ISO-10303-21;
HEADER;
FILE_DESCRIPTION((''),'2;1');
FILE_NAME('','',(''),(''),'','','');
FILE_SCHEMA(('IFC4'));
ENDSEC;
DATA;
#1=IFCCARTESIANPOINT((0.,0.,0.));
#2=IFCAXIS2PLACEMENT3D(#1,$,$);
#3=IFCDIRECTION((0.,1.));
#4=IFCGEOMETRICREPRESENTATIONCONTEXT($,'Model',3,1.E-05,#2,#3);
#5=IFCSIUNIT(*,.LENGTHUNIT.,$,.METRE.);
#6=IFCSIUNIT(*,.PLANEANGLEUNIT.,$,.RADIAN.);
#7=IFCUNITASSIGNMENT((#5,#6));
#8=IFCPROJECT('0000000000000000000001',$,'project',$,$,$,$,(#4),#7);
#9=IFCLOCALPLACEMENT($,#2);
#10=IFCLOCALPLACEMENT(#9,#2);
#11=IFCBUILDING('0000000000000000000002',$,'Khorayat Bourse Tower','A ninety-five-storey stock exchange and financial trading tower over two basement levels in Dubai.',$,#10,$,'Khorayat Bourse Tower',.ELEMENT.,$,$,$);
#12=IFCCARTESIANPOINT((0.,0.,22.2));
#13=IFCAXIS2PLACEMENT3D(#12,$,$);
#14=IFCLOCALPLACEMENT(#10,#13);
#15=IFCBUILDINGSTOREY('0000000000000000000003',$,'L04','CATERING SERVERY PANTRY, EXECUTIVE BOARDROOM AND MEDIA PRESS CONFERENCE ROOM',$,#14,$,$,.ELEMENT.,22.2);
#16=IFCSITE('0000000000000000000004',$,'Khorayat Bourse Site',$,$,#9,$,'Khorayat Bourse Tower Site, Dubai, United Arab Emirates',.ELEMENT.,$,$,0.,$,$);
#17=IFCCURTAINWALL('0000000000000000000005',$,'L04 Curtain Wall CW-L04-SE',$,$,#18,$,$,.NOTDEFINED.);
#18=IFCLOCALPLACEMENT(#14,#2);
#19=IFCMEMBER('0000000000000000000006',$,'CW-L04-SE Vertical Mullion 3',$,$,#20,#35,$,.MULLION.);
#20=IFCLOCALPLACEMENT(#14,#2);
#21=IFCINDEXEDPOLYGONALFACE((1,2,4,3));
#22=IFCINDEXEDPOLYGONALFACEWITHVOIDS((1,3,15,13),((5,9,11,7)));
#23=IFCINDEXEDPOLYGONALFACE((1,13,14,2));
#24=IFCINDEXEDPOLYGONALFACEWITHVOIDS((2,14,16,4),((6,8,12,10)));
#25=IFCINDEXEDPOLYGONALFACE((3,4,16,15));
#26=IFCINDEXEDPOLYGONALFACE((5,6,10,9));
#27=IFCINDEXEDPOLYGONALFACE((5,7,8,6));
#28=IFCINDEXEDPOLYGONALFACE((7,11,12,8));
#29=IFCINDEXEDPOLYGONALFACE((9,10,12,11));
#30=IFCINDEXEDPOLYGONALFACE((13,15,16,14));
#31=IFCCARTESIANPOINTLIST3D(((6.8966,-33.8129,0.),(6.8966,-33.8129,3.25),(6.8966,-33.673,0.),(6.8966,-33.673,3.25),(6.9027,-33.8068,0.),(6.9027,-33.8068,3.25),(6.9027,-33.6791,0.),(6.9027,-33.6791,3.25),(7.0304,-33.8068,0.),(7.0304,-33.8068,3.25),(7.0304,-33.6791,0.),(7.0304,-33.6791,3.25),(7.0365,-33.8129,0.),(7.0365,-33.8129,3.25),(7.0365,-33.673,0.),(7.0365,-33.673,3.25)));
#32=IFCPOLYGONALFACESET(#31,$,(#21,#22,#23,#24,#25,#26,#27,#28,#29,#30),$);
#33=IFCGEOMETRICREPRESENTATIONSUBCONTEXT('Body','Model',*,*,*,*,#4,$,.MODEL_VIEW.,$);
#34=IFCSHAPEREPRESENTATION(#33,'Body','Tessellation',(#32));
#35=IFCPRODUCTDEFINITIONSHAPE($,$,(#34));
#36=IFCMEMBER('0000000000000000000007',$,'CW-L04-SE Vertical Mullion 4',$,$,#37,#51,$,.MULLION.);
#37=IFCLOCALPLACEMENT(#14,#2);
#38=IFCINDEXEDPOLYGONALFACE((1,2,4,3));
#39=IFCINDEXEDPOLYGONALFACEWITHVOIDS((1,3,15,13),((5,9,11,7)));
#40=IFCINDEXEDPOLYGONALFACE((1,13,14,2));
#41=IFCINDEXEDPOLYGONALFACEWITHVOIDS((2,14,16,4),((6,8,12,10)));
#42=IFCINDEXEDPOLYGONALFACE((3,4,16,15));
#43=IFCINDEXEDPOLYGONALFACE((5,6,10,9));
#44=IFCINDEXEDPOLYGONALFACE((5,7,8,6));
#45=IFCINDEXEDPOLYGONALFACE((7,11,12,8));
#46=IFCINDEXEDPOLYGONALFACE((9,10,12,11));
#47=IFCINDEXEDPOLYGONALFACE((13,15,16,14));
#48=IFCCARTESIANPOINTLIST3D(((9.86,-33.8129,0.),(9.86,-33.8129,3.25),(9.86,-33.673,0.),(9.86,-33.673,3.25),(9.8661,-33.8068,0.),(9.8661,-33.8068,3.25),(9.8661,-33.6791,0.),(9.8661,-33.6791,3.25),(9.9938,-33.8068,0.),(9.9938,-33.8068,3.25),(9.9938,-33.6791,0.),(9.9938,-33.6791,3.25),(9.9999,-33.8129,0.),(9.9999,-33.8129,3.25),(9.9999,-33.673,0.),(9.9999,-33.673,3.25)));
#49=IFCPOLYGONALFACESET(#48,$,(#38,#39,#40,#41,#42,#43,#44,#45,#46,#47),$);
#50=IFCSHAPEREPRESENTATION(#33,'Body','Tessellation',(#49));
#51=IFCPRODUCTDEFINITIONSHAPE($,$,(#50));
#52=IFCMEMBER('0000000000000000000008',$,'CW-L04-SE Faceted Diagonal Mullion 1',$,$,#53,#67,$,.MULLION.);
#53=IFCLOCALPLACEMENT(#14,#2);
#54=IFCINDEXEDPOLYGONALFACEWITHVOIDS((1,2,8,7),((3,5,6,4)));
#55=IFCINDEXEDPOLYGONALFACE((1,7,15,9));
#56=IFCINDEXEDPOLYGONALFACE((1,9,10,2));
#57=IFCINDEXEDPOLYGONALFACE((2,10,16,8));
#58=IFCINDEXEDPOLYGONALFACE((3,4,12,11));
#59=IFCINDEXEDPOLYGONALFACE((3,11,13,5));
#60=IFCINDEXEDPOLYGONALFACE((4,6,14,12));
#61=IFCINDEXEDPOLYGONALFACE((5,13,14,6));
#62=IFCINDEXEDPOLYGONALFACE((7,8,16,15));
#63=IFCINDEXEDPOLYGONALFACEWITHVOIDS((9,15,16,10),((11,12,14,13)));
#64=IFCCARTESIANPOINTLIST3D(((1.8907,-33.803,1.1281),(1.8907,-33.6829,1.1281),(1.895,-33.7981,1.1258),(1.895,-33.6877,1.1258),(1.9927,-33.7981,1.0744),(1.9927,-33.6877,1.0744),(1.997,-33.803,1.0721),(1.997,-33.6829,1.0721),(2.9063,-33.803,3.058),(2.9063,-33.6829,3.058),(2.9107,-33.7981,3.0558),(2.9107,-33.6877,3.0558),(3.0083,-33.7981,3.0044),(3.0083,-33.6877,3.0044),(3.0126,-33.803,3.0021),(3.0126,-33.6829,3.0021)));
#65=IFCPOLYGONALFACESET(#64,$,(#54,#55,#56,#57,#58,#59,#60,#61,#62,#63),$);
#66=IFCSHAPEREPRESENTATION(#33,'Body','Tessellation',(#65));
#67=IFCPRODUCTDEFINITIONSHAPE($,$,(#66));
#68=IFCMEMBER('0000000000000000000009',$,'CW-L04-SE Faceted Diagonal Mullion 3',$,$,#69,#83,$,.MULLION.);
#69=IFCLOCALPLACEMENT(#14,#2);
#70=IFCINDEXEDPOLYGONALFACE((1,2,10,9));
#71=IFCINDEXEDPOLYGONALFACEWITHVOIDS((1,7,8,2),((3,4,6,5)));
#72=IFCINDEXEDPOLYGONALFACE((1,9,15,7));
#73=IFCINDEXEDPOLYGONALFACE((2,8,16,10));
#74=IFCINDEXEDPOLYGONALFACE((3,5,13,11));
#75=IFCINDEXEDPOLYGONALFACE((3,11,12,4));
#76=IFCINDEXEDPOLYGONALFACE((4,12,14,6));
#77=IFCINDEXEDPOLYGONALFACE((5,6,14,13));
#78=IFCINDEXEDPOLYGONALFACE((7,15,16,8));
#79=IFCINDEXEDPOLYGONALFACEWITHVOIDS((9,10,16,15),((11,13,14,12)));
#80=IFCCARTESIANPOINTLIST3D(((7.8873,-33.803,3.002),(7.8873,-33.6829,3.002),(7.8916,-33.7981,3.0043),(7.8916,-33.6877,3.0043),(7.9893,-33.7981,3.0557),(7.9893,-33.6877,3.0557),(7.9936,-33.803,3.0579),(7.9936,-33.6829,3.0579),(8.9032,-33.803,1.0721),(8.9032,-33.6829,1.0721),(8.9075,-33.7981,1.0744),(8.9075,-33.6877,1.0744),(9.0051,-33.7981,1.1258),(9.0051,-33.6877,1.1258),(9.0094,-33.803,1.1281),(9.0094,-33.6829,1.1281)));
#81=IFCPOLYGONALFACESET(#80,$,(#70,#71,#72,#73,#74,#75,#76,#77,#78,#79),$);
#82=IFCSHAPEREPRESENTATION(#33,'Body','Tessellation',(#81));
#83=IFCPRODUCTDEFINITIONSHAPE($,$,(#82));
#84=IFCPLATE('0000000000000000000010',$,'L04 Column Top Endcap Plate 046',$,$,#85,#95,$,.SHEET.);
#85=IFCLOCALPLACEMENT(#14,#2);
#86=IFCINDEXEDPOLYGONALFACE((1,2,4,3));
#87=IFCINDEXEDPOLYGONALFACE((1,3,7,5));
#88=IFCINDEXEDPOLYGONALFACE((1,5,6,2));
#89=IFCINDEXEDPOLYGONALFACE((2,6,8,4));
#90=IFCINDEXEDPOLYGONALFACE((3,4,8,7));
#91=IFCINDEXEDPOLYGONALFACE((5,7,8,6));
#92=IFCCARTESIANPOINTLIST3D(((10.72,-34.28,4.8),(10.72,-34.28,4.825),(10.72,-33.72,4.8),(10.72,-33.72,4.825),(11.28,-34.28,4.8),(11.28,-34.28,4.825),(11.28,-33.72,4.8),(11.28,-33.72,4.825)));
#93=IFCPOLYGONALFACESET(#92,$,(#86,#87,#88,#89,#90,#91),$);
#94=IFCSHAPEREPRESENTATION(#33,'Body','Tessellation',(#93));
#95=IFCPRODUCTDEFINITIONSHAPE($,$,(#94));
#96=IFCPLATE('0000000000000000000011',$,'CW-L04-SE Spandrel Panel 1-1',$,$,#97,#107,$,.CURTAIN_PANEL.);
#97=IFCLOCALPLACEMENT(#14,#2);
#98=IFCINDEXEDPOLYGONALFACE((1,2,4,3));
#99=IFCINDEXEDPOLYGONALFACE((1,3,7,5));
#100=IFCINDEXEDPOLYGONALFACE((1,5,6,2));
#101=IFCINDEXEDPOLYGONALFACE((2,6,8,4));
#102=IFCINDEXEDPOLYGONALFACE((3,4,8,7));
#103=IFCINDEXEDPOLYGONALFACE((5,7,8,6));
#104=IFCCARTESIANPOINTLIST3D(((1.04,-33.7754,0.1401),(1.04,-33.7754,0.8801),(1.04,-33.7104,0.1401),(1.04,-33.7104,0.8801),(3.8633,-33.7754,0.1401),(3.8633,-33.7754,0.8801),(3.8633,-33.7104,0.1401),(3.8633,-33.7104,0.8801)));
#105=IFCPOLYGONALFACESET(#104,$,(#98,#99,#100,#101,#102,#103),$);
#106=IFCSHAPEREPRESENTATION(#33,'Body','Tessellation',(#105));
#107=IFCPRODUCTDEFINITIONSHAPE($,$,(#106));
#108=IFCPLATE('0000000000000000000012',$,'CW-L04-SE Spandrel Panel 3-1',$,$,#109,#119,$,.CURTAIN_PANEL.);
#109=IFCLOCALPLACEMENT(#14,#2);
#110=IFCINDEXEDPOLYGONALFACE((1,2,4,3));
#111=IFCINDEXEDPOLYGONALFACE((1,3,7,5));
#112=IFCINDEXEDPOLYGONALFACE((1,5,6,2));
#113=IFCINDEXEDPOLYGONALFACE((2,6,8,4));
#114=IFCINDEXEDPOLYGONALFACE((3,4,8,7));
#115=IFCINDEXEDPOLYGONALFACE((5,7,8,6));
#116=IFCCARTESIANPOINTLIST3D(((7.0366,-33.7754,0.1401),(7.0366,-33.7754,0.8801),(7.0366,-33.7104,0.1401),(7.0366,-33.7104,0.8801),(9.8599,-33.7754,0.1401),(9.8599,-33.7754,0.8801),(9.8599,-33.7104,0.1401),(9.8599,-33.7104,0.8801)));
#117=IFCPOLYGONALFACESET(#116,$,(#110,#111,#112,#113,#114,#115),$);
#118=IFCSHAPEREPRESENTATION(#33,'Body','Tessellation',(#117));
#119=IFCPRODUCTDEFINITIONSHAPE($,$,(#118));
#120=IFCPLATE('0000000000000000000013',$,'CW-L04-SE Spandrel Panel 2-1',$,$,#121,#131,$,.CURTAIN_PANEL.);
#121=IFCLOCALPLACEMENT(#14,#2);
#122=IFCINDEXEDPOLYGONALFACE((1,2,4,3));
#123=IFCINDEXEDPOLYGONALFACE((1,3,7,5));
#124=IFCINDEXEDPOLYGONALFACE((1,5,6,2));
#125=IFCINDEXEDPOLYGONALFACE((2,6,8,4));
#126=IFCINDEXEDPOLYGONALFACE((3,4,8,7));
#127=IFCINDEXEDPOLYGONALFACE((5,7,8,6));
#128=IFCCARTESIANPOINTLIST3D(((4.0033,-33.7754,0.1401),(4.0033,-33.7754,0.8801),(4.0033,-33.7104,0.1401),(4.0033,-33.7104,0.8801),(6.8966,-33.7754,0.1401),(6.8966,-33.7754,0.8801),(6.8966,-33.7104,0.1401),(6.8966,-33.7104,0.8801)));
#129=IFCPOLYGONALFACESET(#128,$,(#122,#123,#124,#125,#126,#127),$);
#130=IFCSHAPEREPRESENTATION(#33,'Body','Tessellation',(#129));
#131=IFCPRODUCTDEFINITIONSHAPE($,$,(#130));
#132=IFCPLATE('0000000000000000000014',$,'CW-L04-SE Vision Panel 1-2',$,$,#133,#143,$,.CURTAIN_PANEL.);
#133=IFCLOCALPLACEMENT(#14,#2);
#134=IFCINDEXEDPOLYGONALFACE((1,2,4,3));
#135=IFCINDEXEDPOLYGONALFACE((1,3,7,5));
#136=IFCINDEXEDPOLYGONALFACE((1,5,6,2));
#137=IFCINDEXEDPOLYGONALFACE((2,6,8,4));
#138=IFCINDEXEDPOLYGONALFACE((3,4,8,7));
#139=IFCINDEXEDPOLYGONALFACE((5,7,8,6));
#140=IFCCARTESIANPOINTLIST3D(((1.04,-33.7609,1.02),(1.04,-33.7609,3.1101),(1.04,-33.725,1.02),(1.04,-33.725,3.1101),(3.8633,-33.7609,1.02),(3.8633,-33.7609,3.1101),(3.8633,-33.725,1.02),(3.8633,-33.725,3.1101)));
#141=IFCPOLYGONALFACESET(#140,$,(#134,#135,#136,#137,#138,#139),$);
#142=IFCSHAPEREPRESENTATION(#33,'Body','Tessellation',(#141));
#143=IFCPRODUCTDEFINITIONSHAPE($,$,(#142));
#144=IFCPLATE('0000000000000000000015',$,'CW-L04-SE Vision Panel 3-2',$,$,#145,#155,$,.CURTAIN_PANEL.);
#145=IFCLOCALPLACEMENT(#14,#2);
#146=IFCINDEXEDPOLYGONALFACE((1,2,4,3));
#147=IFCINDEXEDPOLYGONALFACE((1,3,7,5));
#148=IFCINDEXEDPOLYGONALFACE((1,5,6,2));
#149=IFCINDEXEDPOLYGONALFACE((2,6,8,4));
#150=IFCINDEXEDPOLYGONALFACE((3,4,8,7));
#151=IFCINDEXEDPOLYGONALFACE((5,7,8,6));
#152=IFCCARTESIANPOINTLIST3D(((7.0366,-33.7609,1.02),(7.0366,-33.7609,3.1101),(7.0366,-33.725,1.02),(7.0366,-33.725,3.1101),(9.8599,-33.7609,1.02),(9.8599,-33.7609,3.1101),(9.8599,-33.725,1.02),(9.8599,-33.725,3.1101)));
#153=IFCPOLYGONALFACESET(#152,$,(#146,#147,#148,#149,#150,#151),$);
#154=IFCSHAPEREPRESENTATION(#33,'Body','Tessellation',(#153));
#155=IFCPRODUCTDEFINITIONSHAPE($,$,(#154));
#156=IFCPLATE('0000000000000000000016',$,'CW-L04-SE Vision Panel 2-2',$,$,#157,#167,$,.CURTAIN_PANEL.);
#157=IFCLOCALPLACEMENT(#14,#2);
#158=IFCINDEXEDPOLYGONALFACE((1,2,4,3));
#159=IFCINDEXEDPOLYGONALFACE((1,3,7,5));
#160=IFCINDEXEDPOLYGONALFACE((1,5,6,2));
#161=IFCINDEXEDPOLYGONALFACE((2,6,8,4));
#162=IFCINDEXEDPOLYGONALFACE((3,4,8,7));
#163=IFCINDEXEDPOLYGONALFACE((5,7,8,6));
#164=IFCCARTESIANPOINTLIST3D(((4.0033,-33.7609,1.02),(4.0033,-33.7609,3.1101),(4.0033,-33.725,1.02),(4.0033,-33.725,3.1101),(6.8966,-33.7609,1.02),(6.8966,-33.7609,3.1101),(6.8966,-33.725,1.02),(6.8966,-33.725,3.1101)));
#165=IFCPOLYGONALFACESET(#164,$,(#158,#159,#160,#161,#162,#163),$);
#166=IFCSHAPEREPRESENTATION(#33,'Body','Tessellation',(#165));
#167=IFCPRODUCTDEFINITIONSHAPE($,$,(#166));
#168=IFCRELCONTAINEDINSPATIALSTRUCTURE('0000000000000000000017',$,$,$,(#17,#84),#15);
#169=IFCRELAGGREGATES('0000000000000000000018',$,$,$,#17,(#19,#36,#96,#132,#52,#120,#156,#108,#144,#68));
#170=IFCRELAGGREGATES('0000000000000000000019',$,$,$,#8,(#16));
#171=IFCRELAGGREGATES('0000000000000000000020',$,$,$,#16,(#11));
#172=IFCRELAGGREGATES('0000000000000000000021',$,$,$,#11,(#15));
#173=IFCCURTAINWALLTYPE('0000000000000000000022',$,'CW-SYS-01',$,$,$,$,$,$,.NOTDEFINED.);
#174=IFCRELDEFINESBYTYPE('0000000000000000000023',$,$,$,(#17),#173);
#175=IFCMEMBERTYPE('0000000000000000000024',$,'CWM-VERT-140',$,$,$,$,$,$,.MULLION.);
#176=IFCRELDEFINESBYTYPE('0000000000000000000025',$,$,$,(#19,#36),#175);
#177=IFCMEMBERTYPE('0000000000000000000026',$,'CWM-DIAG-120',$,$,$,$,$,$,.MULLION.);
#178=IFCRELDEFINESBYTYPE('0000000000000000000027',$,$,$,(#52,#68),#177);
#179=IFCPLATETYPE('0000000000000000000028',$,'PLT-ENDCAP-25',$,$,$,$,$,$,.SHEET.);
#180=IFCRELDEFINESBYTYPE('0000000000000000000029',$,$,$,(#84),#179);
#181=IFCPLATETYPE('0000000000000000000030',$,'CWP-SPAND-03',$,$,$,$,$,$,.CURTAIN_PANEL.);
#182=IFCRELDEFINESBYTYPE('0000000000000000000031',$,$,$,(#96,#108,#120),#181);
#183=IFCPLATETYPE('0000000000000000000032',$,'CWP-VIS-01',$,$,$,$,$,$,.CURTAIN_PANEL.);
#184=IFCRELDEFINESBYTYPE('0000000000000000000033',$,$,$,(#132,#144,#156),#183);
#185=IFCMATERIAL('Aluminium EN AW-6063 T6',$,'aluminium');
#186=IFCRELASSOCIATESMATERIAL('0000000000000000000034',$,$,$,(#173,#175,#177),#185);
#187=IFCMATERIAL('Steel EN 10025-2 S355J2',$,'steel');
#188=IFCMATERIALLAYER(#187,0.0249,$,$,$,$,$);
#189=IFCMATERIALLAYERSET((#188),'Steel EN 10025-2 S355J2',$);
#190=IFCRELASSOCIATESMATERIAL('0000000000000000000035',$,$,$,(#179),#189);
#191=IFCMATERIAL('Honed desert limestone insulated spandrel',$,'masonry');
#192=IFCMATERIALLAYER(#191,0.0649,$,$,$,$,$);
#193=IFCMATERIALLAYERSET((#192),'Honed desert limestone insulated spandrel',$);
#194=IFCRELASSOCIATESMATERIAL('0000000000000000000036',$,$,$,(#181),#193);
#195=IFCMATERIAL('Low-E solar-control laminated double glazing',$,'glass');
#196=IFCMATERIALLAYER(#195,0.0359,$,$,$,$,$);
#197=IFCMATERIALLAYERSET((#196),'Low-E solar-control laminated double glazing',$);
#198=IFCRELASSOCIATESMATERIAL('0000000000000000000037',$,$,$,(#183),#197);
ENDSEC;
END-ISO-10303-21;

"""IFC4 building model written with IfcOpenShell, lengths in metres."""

from ifc_helpers import new_model, si_unit, direction, frame, origin, origin_2d, place, context, subcontext, project, spatial, rectangle, hollow_rectangle, extrude, source, transform, mapped, material, layer, layer_set, material_profile, profile_set, type_object, element, aggregate, save


model = new_model("IFC4")

# Units and contexts
model_context = context("Model", 3, precision=1e-05, world=origin(), true_north=direction((0.0, 1.0)))
body_context = subcontext(model_context, "Body", "Model", "MODEL_VIEW")
ifc_project = project(units=[si_unit("LENGTHUNIT", "METRE"), si_unit("PLANEANGLEUNIT", "RADIAN")], contexts=[model_context])

# Site, building, storey
site_placement = place(None, origin())
site = spatial("IfcSite", under=ifc_project, at=site_placement, Name="Khorayat Bourse Site", LongName="Khorayat Bourse Tower Site, Dubai, United Arab Emirates", CompositionType="ELEMENT", RefElevation=0.0)
building_placement = place(site_placement, origin())
building = spatial("IfcBuilding", under=site, at=building_placement, Name="Khorayat Bourse Tower", Description="A ninety-five-storey stock exchange and financial trading tower over two basement levels in Dubai.", LongName="Khorayat Bourse Tower", CompositionType="ELEMENT")
storey_placement = place(building_placement, frame((0.0, 0.0, 22.2)))
storey = spatial("IfcBuildingStorey", under=building, at=storey_placement, Name="L04", Description="CATERING SERVERY PANTRY, EXECUTIVE BOARDROOM AND MEDIA PRESS CONFERENCE ROOM", CompositionType="ELEMENT", Elevation=22.2)

# Shared definitions
ifc_material_1 = material(Name="Steel EN 10025-2 S355J2", Category="steel")

# Curtain wall
ifc_material_2 = material(Name="Aluminium EN AW-6063 T6", Category="aluminium")
curtain_wall_type = type_object("IfcCurtainWallType", Name="CW-SYS-01", PredefinedType="NOTDEFINED", material=ifc_material_2)
curtain_wall_1_placement = place(storey_placement, origin())
curtain_wall_1 = element("IfcCurtainWall", 1, at=curtain_wall_1_placement, inside=storey, type_object=curtain_wall_type, Name="L04 Curtain Wall CW-L04-SE", PredefinedType="NOTDEFINED")

# Shared definitions
ifc_material_profile_1 = material_profile(ifc_material_2, hollow_rectangle(XDim=0.1399, YDim=0.1399, WallThickness=0.0061, at=origin_2d()), Name="ALU 140x140x6")
ifc_profile_set_1 = profile_set([ifc_material_profile_1], Name="Aluminium EN AW-6063 T6")
member_type_1 = type_object("IfcMemberType", Name="CWM-VERT-140", PredefinedType="MULLION", material=ifc_profile_set_1)
shared_shape_1 = source(origin(), body_context, "Body", "SweptSolid", [
    extrude(hollow_rectangle(XDim=0.1399, YDim=0.1399, WallThickness=0.0061, at=origin_2d()), origin(), (0.0, 0.0, 1.0), 3.25),
])

# Members
member_1_placement = place(storey_placement, frame((6.9666, -33.7429, 0.0), z_axis=(0.0, 0.0, 1.0), x_axis=(0.0, 1.0, 0.0)))
member_1 = element("IfcMember", 2, at=member_1_placement, type_object=member_type_1, Name="CW-L04-SE Vertical Mullion 3", PredefinedType="MULLION", context=body_context, shape_type="MappedRepresentation", body=[
    mapped(shared_shape_1, transform((0.0, 0.0, 0.0), scale=1.0)),
])
member_2_placement = place(storey_placement, frame((9.9299, -33.7429, 0.0), z_axis=(0.0, 0.0, 1.0), x_axis=(0.0, 1.0, 0.0)))
member_2 = element("IfcMember", 3, at=member_2_placement, type_object=member_type_1, Name="CW-L04-SE Vertical Mullion 4", PredefinedType="MULLION", context=body_context, shape_type="MappedRepresentation", body=[
    mapped(shared_shape_1, transform((0.0, 0.0, 0.0), scale=1.0)),
])
ifc_material_profile_2 = material_profile(ifc_material_2, hollow_rectangle(XDim=0.1201, YDim=0.1201, WallThickness=0.0049, at=origin_2d()), Name="ALU 120x120x5")
ifc_profile_set_2 = profile_set([ifc_material_profile_2], Name="Aluminium EN AW-6063 T6")
member_type_2 = type_object("IfcMemberType", Name="CWM-DIAG-120", PredefinedType="MULLION", material=ifc_profile_set_2)
shared_shape_2 = source(origin(), body_context, "Body", "SweptSolid", [
    extrude(hollow_rectangle(XDim=0.1201, YDim=0.1201, WallThickness=0.0049, at=origin_2d()), origin(), (0.0, 0.0, 1.0), 2.1809),
])
member_3_placement = place(storey_placement, frame((1.9438, -33.7429, 1.1001), z_axis=(0.4657, 0.0, 0.884943), x_axis=(0.0, 1.0, 0.0)))
member_3 = element("IfcMember", 4, at=member_3_placement, type_object=member_type_2, Name="CW-L04-SE Faceted Diagonal Mullion 1", PredefinedType="MULLION", context=body_context, shape_type="MappedRepresentation", body=[
    mapped(shared_shape_2, transform((0.0, 0.0, 0.0), scale=1.0)),
])
member_4_placement = place(storey_placement, frame((8.9563, -33.7429, 1.1001), z_axis=(-0.465788, 0.0, 0.884896), x_axis=(0.0, -1.0, 0.0)))
member_4 = element("IfcMember", 5, at=member_4_placement, type_object=member_type_2, Name="CW-L04-SE Faceted Diagonal Mullion 3", PredefinedType="MULLION", context=body_context, shape_type="MappedRepresentation", body=[
    mapped(shared_shape_2, transform((0.0, 0.0, 0.0), scale=1.0)),
])

# Plates
ifc_layer_1 = layer(ifc_material_1, 0.0249)
ifc_layer_set_1 = layer_set([ifc_layer_1], Name="Steel EN 10025-2 S355J2")
plate_type_1 = type_object("IfcPlateType", Name="PLT-ENDCAP-25", PredefinedType="SHEET", material=ifc_layer_set_1)
shared_shape_3 = source(origin(), body_context, "Body", "SweptSolid", [
    extrude(rectangle(XDim=0.5601, YDim=0.5601, at=origin_2d()), origin(), (0.0, 0.0, 1.0), 0.0249),
])
plate_1_placement = place(storey_placement, frame((11.0, -34.0, 4.8), z_axis=(0.0, 0.0, 1.0), x_axis=(1.0, 0.0, 0.0)))
element("IfcPlate", 6, at=plate_1_placement, inside=storey, type_object=plate_type_1, Name="L04 Column Top Endcap Plate 046", PredefinedType="SHEET", context=body_context, shape_type="MappedRepresentation", body=[
    mapped(shared_shape_3, transform((0.0, 0.0, 0.0), scale=1.0)),
])
ifc_material_3 = material(Name="Honed desert limestone insulated spandrel", Category="masonry")
ifc_layer_2 = layer(ifc_material_3, 0.0649)
ifc_layer_set_2 = layer_set([ifc_layer_2], Name="Honed desert limestone insulated spandrel")
plate_type_2 = type_object("IfcPlateType", Name="CWP-SPAND-03", PredefinedType="CURTAIN_PANEL", material=ifc_layer_set_2)
shared_shape_4 = source(origin(), body_context, "Body", "SweptSolid", [
    extrude(rectangle(XDim=2.8232, YDim=0.0649, at=origin_2d()), origin(), (0.0, 0.0, 1.0), 0.74),
])
plate_2_placement = place(storey_placement, frame((2.4517, -33.7429, 0.1401), z_axis=(0.0, 0.0, 1.0), x_axis=(1.0, 0.0, 0.0)))
plate_2 = element("IfcPlate", 7, at=plate_2_placement, type_object=plate_type_2, Name="CW-L04-SE Spandrel Panel 1-1", PredefinedType="CURTAIN_PANEL", context=body_context, shape_type="MappedRepresentation", body=[
    mapped(shared_shape_4, transform((0.0, 0.0, 0.0), scale=1.0)),
])
plate_3_placement = place(storey_placement, frame((8.4482, -33.7429, 0.1401), z_axis=(0.0, 0.0, 1.0), x_axis=(1.0, 0.0, 0.0)))
plate_3 = element("IfcPlate", 8, at=plate_3_placement, type_object=plate_type_2, Name="CW-L04-SE Spandrel Panel 3-1", PredefinedType="CURTAIN_PANEL", context=body_context, shape_type="MappedRepresentation", body=[
    mapped(shared_shape_4, transform((0.0, 0.0, 0.0), scale=1.0)),
])
shared_shape_5 = source(origin(), body_context, "Body", "SweptSolid", [
    extrude(rectangle(XDim=2.8933, YDim=0.0649, at=origin_2d()), origin(), (0.0, 0.0, 1.0), 0.74),
])
plate_4_placement = place(storey_placement, frame((5.45, -33.7429, 0.1401), z_axis=(0.0, 0.0, 1.0), x_axis=(1.0, 0.0, 0.0)))
plate_4 = element("IfcPlate", 9, at=plate_4_placement, type_object=plate_type_2, Name="CW-L04-SE Spandrel Panel 2-1", PredefinedType="CURTAIN_PANEL", context=body_context, shape_type="MappedRepresentation", body=[
    mapped(shared_shape_5, transform((0.0, 0.0, 0.0), scale=1.0)),
])
ifc_material_4 = material(Name="Low-E solar-control laminated double glazing", Category="glass")
ifc_layer_3 = layer(ifc_material_4, 0.0359)
ifc_layer_set_3 = layer_set([ifc_layer_3], Name="Low-E solar-control laminated double glazing")
plate_type_3 = type_object("IfcPlateType", Name="CWP-VIS-01", PredefinedType="CURTAIN_PANEL", material=ifc_layer_set_3)
shared_shape_6 = source(origin(), body_context, "Body", "SweptSolid", [
    extrude(rectangle(XDim=2.8232, YDim=0.0359, at=origin_2d()), origin(), (0.0, 0.0, 1.0), 2.0901),
])
plate_5_placement = place(storey_placement, frame((2.4517, -33.7429, 1.02), z_axis=(0.0, 0.0, 1.0), x_axis=(1.0, 0.0, 0.0)))
plate_5 = element("IfcPlate", 10, at=plate_5_placement, type_object=plate_type_3, Name="CW-L04-SE Vision Panel 1-2", PredefinedType="CURTAIN_PANEL", context=body_context, shape_type="MappedRepresentation", body=[
    mapped(shared_shape_6, transform((0.0, 0.0, 0.0), scale=1.0)),
])
plate_6_placement = place(storey_placement, frame((8.4482, -33.7429, 1.02), z_axis=(0.0, 0.0, 1.0), x_axis=(1.0, 0.0, 0.0)))
plate_6 = element("IfcPlate", 11, at=plate_6_placement, type_object=plate_type_3, Name="CW-L04-SE Vision Panel 3-2", PredefinedType="CURTAIN_PANEL", context=body_context, shape_type="MappedRepresentation", body=[
    mapped(shared_shape_6, transform((0.0, 0.0, 0.0), scale=1.0)),
])
shared_shape_7 = source(origin(), body_context, "Body", "SweptSolid", [
    extrude(rectangle(XDim=2.8933, YDim=0.0359, at=origin_2d()), origin(), (0.0, 0.0, 1.0), 2.0901),
])
plate_7_placement = place(storey_placement, frame((5.45, -33.7429, 1.02), z_axis=(0.0, 0.0, 1.0), x_axis=(1.0, 0.0, 0.0)))
plate_7 = element("IfcPlate", 12, at=plate_7_placement, type_object=plate_type_3, Name="CW-L04-SE Vision Panel 2-2", PredefinedType="CURTAIN_PANEL", context=body_context, shape_type="MappedRepresentation", body=[
    mapped(shared_shape_7, transform((0.0, 0.0, 0.0), scale=1.0)),
])
aggregate(curtain_wall_1, [member_1, member_2, plate_2, plate_5, member_3, plate_4, plate_7, plate_3, plate_6, member_4])

save(model, "model.ifc")
